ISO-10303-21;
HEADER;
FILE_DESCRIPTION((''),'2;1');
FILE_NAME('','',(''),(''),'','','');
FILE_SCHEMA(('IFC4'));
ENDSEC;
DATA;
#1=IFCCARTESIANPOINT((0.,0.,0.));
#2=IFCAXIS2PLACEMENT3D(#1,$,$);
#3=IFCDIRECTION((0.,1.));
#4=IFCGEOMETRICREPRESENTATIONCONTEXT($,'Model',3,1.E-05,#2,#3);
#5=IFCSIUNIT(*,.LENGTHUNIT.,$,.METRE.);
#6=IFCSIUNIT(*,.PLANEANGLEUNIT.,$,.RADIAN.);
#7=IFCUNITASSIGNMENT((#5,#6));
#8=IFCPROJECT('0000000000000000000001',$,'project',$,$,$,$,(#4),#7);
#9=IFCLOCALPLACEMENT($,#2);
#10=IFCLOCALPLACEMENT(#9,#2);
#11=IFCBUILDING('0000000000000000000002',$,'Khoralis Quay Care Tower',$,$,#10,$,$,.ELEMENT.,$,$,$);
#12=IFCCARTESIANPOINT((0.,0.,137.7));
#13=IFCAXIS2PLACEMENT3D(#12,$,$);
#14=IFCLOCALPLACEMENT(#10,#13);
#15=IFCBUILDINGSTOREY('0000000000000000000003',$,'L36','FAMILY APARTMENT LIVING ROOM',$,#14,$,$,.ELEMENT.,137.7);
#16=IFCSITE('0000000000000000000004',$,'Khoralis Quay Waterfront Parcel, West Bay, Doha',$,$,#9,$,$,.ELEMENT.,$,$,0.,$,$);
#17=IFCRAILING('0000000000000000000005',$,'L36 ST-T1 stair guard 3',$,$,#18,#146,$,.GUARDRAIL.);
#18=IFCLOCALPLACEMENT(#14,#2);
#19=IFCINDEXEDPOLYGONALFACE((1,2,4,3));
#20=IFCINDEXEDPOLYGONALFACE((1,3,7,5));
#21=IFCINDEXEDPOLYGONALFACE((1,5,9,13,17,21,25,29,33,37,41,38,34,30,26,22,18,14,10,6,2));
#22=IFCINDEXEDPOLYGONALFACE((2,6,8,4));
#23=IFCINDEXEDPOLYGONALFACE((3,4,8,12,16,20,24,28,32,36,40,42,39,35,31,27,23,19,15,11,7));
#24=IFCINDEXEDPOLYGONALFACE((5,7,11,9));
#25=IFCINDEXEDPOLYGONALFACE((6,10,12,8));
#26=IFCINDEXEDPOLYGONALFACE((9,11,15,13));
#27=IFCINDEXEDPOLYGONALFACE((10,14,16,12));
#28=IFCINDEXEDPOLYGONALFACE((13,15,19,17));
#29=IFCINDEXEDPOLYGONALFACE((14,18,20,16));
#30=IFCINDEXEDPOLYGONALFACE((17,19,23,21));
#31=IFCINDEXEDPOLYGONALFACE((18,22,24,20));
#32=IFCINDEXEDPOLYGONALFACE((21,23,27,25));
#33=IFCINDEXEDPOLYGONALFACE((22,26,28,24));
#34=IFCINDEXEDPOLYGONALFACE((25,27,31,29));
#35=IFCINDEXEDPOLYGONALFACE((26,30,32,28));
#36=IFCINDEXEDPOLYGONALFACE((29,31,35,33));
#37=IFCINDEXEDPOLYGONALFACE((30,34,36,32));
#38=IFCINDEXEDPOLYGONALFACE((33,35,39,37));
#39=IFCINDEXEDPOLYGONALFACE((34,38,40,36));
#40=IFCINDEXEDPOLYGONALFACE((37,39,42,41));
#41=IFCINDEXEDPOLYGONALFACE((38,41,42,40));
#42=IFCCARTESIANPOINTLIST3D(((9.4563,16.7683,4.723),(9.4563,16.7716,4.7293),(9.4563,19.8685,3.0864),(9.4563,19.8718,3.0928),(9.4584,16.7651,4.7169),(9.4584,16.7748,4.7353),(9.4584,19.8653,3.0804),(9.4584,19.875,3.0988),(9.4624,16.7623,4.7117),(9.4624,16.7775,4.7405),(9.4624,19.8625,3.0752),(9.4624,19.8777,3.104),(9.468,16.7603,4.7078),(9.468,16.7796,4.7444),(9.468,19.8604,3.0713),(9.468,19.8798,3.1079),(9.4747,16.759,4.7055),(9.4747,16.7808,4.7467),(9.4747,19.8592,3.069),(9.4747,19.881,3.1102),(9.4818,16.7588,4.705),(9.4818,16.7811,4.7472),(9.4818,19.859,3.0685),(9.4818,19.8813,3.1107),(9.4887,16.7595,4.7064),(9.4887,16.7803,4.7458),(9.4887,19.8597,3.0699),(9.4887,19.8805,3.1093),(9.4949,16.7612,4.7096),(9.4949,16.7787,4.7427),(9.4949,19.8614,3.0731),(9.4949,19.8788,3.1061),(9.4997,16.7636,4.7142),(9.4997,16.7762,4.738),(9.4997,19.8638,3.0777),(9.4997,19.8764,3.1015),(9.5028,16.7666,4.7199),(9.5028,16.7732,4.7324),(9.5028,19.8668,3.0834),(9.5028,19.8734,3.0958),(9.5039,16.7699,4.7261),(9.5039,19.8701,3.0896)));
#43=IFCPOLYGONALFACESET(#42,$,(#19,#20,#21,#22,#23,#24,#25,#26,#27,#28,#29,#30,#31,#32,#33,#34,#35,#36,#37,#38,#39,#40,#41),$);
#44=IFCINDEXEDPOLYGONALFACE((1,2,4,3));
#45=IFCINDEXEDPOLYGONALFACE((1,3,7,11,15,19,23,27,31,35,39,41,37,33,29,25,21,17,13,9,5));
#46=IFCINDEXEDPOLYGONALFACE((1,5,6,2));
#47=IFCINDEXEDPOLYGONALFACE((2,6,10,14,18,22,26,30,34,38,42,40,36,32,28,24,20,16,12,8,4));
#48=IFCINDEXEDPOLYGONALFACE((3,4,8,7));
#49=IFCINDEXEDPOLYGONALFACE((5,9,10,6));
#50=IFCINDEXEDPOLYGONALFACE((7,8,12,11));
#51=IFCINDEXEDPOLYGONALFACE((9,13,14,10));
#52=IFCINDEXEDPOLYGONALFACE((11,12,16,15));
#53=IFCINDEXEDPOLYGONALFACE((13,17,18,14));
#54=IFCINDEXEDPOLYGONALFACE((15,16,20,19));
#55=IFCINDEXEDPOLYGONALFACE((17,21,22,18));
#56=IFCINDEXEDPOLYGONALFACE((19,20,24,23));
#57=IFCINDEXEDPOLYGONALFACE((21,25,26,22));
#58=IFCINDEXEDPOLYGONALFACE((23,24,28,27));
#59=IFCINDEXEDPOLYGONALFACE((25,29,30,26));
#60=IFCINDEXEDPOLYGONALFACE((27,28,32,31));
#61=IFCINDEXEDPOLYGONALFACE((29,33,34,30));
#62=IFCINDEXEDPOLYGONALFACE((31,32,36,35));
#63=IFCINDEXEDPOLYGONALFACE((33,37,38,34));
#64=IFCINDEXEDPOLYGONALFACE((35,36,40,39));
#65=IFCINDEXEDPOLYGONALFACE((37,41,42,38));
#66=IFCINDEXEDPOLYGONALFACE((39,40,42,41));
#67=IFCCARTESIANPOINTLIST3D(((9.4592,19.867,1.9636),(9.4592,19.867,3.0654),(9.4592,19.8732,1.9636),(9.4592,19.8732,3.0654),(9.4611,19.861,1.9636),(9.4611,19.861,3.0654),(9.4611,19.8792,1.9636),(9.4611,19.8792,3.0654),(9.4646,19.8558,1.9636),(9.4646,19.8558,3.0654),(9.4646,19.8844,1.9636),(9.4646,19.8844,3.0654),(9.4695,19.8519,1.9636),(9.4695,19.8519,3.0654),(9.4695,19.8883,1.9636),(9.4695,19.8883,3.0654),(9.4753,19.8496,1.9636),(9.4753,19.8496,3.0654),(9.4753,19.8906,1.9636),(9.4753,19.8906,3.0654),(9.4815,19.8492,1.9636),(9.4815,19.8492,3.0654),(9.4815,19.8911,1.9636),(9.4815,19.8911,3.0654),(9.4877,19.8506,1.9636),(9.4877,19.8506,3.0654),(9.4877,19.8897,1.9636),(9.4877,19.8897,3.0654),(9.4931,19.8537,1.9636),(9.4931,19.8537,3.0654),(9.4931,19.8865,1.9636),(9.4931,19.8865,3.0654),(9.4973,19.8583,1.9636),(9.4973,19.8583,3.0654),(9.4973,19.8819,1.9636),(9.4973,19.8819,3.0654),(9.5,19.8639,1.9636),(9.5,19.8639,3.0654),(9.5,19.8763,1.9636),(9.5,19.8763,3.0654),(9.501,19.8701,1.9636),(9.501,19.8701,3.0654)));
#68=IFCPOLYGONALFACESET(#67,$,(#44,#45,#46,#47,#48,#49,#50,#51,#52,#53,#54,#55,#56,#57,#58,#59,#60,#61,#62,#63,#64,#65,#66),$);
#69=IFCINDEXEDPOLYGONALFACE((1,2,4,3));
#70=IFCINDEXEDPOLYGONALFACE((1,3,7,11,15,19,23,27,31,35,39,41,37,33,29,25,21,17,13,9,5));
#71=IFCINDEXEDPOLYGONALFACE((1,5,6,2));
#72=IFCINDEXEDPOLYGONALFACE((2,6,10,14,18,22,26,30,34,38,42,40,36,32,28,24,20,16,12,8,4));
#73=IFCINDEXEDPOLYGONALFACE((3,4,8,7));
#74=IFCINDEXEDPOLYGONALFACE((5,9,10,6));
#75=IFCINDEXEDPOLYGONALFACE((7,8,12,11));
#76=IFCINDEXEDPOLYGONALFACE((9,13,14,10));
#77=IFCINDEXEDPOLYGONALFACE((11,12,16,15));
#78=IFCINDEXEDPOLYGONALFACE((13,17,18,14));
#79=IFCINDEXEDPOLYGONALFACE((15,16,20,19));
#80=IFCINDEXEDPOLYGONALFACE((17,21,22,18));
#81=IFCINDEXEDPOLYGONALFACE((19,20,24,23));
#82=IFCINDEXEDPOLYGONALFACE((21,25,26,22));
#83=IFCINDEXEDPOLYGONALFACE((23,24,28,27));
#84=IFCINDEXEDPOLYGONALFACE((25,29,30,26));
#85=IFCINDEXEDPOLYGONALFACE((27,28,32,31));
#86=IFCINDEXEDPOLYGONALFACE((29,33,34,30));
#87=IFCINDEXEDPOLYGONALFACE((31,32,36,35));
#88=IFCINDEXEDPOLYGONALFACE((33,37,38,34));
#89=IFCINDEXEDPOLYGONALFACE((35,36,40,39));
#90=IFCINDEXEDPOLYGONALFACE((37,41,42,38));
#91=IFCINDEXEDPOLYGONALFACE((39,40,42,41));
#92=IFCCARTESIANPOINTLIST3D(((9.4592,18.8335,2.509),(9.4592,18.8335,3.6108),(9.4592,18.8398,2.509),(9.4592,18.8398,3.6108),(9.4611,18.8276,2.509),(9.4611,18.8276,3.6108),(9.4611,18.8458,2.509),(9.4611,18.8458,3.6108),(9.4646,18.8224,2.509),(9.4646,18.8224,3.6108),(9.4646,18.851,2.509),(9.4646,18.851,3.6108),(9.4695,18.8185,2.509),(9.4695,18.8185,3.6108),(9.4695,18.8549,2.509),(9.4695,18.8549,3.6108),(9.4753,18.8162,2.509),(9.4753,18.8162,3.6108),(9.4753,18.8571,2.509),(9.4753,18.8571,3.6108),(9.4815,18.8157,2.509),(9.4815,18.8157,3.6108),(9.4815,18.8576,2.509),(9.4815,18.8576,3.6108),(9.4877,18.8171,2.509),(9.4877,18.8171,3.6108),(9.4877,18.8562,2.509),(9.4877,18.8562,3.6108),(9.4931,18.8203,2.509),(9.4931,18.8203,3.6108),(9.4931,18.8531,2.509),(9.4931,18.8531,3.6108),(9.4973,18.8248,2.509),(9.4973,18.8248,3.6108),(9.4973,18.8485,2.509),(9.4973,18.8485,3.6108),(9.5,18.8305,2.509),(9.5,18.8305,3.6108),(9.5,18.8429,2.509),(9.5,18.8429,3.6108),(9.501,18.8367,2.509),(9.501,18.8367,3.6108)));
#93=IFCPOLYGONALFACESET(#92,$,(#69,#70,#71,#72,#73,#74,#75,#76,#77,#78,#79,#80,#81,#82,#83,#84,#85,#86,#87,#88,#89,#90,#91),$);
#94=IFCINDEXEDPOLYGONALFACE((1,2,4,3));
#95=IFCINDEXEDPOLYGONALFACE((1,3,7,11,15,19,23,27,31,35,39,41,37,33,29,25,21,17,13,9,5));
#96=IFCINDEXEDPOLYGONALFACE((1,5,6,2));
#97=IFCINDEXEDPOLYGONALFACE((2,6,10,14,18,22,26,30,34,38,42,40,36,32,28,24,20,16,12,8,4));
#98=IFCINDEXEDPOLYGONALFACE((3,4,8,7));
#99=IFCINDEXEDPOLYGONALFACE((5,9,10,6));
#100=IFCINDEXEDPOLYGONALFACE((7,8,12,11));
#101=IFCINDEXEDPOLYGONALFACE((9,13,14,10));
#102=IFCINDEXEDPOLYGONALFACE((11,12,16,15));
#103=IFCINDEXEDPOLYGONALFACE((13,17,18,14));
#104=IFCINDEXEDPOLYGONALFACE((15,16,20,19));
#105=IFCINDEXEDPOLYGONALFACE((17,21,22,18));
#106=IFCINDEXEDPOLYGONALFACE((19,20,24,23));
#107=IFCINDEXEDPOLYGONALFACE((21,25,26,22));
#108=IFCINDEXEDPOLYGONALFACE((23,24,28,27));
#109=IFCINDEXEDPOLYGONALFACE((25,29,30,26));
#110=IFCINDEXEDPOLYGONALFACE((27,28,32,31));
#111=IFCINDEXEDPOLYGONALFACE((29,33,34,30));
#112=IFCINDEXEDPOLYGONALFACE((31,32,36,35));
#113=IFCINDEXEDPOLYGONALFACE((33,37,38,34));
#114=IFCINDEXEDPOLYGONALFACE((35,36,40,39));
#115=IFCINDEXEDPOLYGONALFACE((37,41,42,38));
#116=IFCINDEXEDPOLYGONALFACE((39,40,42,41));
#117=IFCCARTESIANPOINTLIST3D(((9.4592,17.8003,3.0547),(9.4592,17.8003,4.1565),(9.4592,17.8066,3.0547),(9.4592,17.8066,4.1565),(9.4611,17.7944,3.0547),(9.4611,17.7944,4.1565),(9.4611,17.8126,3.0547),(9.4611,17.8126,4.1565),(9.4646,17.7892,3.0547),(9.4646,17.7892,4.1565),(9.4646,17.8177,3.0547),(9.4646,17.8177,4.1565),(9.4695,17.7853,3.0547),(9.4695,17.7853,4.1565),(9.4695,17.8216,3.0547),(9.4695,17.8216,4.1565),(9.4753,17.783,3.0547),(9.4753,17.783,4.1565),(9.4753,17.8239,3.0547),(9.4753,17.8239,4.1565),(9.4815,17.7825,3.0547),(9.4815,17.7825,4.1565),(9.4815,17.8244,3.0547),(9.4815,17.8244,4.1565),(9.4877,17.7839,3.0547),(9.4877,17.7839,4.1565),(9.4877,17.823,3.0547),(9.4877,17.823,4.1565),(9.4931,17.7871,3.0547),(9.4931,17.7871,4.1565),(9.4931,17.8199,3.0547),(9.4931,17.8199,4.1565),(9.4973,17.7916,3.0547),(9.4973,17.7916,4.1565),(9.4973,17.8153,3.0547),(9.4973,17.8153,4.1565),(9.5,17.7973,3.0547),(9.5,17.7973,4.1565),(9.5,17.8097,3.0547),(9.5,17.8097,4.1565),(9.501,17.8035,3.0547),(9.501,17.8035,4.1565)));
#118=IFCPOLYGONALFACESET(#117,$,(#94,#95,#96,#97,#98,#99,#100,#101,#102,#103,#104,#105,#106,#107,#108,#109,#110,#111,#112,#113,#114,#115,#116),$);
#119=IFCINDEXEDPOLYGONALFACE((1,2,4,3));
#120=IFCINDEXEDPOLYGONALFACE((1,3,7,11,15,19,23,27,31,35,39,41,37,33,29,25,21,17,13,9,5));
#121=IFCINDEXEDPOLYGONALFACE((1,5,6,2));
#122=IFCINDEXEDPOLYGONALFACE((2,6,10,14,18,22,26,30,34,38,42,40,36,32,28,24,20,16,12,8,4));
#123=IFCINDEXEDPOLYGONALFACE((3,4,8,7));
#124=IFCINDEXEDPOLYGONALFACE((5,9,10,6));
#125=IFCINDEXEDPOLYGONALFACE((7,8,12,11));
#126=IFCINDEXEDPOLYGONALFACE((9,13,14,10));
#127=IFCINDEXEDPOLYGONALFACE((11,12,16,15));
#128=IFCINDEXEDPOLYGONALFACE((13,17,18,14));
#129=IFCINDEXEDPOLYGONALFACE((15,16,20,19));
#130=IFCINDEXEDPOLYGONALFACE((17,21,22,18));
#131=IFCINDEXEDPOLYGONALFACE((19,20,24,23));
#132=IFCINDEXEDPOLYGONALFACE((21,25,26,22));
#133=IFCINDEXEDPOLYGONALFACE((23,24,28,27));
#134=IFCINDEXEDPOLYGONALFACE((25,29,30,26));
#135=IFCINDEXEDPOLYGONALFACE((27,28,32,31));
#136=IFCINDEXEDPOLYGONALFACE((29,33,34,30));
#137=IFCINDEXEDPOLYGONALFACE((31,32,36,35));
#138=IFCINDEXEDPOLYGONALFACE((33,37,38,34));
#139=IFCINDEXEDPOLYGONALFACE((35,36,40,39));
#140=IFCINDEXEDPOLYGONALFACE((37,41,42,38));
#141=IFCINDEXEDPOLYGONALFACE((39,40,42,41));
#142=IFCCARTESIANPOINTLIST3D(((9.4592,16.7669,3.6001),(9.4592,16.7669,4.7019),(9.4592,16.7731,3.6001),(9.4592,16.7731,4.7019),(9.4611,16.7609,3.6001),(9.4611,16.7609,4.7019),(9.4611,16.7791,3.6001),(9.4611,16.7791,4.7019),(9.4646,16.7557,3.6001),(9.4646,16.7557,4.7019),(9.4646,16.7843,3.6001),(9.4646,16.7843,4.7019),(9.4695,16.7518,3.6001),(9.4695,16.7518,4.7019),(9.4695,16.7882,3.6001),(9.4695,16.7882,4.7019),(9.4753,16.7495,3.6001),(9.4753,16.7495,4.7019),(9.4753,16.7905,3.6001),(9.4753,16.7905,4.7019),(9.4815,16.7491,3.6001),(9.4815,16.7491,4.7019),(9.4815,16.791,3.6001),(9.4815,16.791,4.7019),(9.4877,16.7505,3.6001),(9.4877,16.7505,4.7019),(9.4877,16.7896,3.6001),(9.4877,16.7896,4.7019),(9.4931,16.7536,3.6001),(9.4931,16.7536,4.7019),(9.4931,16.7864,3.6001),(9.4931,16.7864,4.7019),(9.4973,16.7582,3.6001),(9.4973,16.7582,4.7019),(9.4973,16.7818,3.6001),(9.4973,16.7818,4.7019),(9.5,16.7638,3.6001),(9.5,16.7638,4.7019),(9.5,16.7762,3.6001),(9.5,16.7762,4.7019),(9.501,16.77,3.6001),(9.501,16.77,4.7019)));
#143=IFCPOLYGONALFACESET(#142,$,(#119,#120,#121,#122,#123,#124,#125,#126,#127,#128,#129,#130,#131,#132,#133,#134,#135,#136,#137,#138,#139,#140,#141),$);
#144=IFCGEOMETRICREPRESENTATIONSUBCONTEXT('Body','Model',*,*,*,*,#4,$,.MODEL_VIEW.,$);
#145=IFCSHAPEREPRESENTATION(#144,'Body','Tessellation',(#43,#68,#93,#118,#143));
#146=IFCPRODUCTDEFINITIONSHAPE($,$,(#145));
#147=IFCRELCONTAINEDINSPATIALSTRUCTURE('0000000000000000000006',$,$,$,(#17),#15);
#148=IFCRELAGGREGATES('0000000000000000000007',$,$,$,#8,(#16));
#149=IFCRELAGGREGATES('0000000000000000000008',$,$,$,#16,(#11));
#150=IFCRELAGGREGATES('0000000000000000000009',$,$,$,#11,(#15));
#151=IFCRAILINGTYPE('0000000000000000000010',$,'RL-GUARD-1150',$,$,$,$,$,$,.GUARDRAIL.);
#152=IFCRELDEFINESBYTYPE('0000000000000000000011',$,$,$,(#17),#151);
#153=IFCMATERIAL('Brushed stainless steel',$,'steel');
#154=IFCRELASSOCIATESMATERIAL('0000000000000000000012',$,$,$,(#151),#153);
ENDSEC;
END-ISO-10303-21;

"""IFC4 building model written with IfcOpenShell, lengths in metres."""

from ifc_helpers import new_model, si_unit, direction, frame, origin, origin_2d, place, context, subcontext, project, spatial, circle, extrude, material, type_object, element, save


model = new_model("IFC4")

# Units and contexts
model_context = context("Model", 3, precision=1e-05, world=origin(), true_north=direction((0.0, 1.0)))
body_context = subcontext(model_context, "Body", "Model", "MODEL_VIEW")
ifc_project = project(units=[si_unit("LENGTHUNIT", "METRE"), si_unit("PLANEANGLEUNIT", "RADIAN")], contexts=[model_context])

# Site, building, storey
site_placement = place(None, origin())
site = spatial("IfcSite", under=ifc_project, at=site_placement, Name="Khoralis Quay Waterfront Parcel, West Bay, Doha", CompositionType="ELEMENT", RefElevation=0.0)
building_placement = place(site_placement, origin())
building = spatial("IfcBuilding", under=site, at=building_placement, Name="Khoralis Quay Care Tower", CompositionType="ELEMENT")
storey_placement = place(building_placement, frame((0.0, 0.0, 137.7)))
storey = spatial("IfcBuildingStorey", under=building, at=storey_placement, Name="L36", Description="FAMILY APARTMENT LIVING ROOM", CompositionType="ELEMENT", Elevation=137.7)

# Railing
ifc_material_1 = material(Name="Brushed stainless steel", Category="steel")
railing_type_1 = type_object("IfcRailingType", Name="RL-GUARD-1150", PredefinedType="GUARDRAIL", material=ifc_material_1)
railing_1_placement = place(storey_placement, frame((9.48, 19.8701, 1.9636)))
element("IfcRailing", 1, at=railing_1_placement, inside=storey, type_object=railing_type_1, Name="L36 ST-T1 stair guard 3", PredefinedType="GUARDRAIL", context=body_context, shape_type="SweptSolid", body=[
    extrude(circle(Radius=0.0239, at=origin_2d()), frame((0.0, 0.0, 1.126), z_axis=(0.0, -0.884348, 0.466828), x_axis=(1.0, 0.0, 0.0)), (0.0, 0.0, 1.0), 3.5056),
    extrude(circle(Radius=0.021, at=origin_2d()), origin(), (0.0, 0.0, 1.0), 1.1018),
    extrude(circle(Radius=0.021, at=origin_2d()), frame((0.0, -1.0334, 0.5454)), (0.0, 0.0, 1.0), 1.1018),
    extrude(circle(Radius=0.021, at=origin_2d()), frame((0.0, -2.0667, 1.0911)), (0.0, 0.0, 1.0), 1.1018),
    extrude(circle(Radius=0.021, at=origin_2d()), frame((0.0, -3.1001, 1.6365)), (0.0, 0.0, 1.0), 1.1018),
])

save(model, "model.ifc")
